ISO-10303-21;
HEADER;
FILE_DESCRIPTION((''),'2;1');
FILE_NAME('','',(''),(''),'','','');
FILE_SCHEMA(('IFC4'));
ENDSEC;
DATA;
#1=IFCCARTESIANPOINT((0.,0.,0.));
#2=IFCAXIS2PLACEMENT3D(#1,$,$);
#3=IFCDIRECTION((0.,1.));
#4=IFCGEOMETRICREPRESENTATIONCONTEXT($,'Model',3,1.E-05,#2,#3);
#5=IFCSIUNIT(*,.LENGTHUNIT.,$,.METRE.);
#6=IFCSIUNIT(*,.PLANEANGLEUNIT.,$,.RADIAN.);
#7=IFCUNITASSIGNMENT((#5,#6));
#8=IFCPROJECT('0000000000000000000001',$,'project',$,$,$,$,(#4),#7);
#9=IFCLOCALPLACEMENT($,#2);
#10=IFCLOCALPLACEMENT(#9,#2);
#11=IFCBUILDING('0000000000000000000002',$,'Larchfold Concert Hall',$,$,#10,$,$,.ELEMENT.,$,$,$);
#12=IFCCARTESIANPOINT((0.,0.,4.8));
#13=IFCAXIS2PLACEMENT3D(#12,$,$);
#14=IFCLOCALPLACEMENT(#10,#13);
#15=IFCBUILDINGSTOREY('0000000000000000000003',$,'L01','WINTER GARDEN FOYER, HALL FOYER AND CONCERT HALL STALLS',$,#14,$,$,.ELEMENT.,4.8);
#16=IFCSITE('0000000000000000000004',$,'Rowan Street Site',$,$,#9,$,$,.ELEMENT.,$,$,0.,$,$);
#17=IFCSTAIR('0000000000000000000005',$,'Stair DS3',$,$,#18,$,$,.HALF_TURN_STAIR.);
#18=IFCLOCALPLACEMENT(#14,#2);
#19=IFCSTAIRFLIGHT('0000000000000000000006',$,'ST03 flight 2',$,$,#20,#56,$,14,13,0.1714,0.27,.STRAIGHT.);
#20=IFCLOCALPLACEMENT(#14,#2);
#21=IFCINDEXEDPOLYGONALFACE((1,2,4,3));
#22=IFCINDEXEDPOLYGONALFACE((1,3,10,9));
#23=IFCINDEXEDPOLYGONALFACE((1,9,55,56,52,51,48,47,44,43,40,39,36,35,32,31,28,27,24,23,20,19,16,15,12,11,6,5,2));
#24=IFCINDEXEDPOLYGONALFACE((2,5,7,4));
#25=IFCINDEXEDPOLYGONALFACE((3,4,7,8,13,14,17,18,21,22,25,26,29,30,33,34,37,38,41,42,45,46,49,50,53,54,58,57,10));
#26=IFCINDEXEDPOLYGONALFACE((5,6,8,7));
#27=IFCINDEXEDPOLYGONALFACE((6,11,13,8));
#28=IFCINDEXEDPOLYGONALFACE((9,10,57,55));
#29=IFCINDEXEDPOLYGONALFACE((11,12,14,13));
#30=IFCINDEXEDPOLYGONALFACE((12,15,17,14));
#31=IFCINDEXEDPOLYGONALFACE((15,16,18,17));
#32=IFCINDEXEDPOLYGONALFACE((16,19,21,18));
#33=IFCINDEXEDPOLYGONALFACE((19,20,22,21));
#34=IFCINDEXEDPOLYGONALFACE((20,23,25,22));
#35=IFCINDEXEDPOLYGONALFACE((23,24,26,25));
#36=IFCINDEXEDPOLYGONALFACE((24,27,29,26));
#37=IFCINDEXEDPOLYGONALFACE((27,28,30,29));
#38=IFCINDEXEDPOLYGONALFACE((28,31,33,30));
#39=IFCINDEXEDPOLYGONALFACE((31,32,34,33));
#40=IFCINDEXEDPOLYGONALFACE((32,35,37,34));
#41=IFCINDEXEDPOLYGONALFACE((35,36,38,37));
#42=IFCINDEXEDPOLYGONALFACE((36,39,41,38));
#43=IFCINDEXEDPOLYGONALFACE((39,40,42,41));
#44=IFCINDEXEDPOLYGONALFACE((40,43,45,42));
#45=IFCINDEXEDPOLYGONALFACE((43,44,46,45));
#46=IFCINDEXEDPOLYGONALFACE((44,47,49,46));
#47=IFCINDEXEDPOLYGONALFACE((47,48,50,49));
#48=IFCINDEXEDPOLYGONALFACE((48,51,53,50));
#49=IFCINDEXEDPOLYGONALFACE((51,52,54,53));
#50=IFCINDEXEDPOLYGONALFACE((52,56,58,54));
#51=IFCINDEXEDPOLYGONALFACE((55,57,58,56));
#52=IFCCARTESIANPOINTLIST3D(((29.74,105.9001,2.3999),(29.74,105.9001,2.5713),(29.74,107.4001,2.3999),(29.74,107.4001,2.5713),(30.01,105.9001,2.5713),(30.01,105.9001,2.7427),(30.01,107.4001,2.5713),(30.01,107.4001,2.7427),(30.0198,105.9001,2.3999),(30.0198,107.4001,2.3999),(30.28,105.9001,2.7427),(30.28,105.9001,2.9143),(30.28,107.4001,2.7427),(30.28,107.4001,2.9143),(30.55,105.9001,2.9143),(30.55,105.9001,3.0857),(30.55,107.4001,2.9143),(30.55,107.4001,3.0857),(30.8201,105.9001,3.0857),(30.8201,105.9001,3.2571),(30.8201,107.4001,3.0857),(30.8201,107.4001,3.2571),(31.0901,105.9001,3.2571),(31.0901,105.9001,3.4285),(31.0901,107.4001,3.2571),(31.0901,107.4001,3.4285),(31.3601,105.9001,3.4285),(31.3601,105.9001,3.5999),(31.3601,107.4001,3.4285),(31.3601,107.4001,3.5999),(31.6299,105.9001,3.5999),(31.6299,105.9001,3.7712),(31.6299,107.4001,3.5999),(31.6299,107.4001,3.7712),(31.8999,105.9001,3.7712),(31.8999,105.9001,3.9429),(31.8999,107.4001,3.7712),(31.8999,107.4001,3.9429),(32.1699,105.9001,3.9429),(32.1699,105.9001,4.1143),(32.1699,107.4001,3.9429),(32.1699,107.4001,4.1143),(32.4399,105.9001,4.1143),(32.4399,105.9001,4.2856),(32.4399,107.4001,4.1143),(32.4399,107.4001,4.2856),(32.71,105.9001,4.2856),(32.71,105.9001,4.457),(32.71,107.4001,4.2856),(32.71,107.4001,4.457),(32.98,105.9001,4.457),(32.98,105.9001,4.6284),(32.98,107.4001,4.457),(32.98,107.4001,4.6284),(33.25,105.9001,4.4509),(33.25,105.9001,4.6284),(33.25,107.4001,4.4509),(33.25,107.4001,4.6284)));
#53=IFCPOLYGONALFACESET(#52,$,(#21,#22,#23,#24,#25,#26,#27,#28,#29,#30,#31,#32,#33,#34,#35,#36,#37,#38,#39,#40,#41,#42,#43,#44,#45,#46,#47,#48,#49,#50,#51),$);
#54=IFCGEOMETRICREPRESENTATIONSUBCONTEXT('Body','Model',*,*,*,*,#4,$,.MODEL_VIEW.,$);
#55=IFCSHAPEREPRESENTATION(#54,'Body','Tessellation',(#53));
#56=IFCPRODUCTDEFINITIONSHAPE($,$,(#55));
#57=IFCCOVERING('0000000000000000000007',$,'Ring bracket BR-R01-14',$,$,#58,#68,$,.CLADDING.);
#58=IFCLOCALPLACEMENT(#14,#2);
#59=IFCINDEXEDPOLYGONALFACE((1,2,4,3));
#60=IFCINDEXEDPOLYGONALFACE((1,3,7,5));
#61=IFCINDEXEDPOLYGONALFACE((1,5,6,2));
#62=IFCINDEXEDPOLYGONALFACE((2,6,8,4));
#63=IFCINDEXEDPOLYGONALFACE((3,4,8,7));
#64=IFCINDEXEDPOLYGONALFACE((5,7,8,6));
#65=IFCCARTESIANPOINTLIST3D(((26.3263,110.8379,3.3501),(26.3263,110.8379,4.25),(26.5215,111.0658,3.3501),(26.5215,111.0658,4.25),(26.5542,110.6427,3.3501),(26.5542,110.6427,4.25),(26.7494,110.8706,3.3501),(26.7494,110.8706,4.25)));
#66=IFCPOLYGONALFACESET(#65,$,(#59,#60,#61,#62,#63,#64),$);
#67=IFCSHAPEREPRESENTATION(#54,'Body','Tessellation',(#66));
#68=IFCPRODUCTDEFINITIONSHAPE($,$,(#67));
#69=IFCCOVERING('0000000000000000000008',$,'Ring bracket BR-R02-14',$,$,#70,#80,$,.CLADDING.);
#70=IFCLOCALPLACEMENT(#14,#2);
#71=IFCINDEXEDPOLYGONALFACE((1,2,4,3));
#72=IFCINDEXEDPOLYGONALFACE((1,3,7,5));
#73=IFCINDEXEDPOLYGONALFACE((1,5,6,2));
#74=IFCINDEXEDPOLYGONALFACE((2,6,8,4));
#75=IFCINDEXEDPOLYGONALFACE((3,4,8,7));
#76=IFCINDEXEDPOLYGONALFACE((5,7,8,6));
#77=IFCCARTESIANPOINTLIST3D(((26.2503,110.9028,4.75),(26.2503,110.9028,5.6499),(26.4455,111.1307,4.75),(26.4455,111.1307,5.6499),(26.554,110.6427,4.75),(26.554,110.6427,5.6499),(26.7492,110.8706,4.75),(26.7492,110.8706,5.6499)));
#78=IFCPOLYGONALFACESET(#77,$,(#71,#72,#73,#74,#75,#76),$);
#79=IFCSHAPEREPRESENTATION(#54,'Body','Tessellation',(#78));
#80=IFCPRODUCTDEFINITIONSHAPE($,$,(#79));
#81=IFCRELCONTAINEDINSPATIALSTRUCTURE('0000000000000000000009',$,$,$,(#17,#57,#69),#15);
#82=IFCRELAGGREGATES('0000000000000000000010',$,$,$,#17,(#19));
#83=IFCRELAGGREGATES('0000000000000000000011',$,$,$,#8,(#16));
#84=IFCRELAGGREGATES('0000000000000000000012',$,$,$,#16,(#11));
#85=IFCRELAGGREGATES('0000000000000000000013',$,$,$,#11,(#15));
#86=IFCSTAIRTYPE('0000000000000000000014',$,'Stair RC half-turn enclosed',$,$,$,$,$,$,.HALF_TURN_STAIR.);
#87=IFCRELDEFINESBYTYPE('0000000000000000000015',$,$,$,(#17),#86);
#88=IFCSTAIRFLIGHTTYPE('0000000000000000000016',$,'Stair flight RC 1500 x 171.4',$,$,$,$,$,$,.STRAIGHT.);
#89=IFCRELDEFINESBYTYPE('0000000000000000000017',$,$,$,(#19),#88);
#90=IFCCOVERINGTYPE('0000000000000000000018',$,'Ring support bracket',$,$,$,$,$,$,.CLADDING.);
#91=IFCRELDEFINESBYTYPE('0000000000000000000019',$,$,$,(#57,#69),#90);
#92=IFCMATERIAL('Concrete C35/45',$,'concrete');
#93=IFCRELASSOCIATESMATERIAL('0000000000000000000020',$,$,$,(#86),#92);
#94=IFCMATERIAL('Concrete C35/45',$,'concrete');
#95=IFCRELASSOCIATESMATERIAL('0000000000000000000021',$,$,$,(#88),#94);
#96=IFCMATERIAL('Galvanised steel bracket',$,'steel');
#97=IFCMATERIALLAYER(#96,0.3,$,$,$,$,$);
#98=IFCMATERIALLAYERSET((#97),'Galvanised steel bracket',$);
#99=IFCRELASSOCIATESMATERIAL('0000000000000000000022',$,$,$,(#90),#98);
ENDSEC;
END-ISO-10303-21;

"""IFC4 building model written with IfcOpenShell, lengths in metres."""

from ifc_helpers import new_model, si_unit, direction, frame, origin, origin_2d, place, context, subcontext, project, spatial, polyline, rectangle, outline, extrude, material, layer, layer_set, type_object, element, aggregate, save


model = new_model("IFC4")

# Units and contexts
model_context = context("Model", 3, precision=1e-05, world=origin(), true_north=direction((0.0, 1.0)))
body_context = subcontext(model_context, "Body", "Model", "MODEL_VIEW")
ifc_project = project(units=[si_unit("LENGTHUNIT", "METRE"), si_unit("PLANEANGLEUNIT", "RADIAN")], contexts=[model_context])

# Site, building, storey
site_placement = place(None, origin())
site = spatial("IfcSite", under=ifc_project, at=site_placement, Name="Rowan Street Site", CompositionType="ELEMENT", RefElevation=0.0)
building_placement = place(site_placement, origin())
building = spatial("IfcBuilding", under=site, at=building_placement, Name="Larchfold Concert Hall", CompositionType="ELEMENT")
storey_placement = place(building_placement, frame((0.0, 0.0, 4.8)))
storey = spatial("IfcBuildingStorey", under=building, at=storey_placement, Name="L01", Description="WINTER GARDEN FOYER, HALL FOYER AND CONCERT HALL STALLS", CompositionType="ELEMENT", Elevation=4.8)

# Stair, stair flight
ifc_material_1 = material(Name="Concrete C35/45", Category="concrete")
stair_type = type_object("IfcStairType", Name="Stair RC half-turn enclosed", PredefinedType="HALF_TURN_STAIR", material=ifc_material_1)
stair_placement = place(storey_placement, origin())
stair = element("IfcStair", 1, at=stair_placement, inside=storey, type_object=stair_type, Name="Stair DS3", PredefinedType="HALF_TURN_STAIR")
ifc_material_2 = material(Name="Concrete C35/45", Category="concrete")
stair_flight_type = type_object("IfcStairFlightType", Name="Stair flight RC 1500 x 171.4", PredefinedType="STRAIGHT", material=ifc_material_2)
stair_flight_1_placement = place(storey_placement, frame((29.74, 106.6501, 2.3999), z_axis=(0.0, 0.0, 1.0), x_axis=(1.0, 0.0, 0.0)))
stair_flight_1 = element("IfcStairFlight", 2, at=stair_flight_1_placement, type_object=stair_flight_type, Name="ST03 flight 2", NumberOfRisers=14, NumberOfTreads=13, PredefinedType="STRAIGHT", RiserHeight=0.1714, TreadLength=0.27, context=body_context, shape_type="SweptSolid", body=[
    extrude(outline(polyline([(0.0, 0.0), (0.0, 0.1714), (0.27, 0.1714), (0.27, 0.3428), (0.54, 0.3428), (0.54, 0.5144), (0.8101, 0.5144), (0.8101, 0.6858), (1.0801, 0.6858), (1.0801, 0.8572), (1.3501, 0.8572), (1.3501, 1.0286), (1.6201, 1.0286), (1.6201, 1.2), (1.8899, 1.2), (1.8899, 1.3713), (2.1599, 1.3713), (2.1599, 1.543), (2.4299, 1.543), (2.4299, 1.7144), (2.7, 1.7144), (2.7, 1.8857), (2.97, 1.8857), (2.97, 2.0571), (3.24, 2.0571), (3.24, 2.2285), (3.51, 2.2285), (3.51, 2.3999), (3.51, 2.051), (0.2798, 0.0), (0.0, 0.0)])), frame((0.0, 0.75, 0.0), z_axis=(0.0, -1.0, 0.0), x_axis=(1.0, 0.0, 0.0)), (0.0, 0.0, 1.0), 1.5),
])
aggregate(stair, [stair_flight_1])

# Coverings
ifc_material_3 = material(Name="Galvanised steel bracket", Category="steel")
ifc_layer_1 = layer(ifc_material_3, 0.3)
ifc_layer_set_1 = layer_set([ifc_layer_1], Name="Galvanised steel bracket")
covering_type = type_object("IfcCoveringType", Name="Ring support bracket", PredefinedType="CLADDING", material=ifc_layer_set_1)
covering_1_placement = place(storey_placement, frame((26.5378, 110.8542, 3.3501), z_axis=(0.0, 0.0, 1.0), x_axis=(-0.759502, 0.650505, 0.0)))
element("IfcCovering", 3, at=covering_1_placement, inside=storey, type_object=covering_type, Name="Ring bracket BR-R01-14", PredefinedType="CLADDING", context=body_context, shape_type="SweptSolid", body=[
    extrude(rectangle(XDim=0.3, YDim=0.3, at=origin_2d()), origin(), (0.0, 0.0, 1.0), 0.8999),
])
covering_2_placement = place(storey_placement, frame((26.4998, 110.8867, 4.75), z_axis=(0.0, 0.0, 1.0), x_axis=(-0.759502, 0.650505, 0.0)))
element("IfcCovering", 4, at=covering_2_placement, inside=storey, type_object=covering_type, Name="Ring bracket BR-R02-14", PredefinedType="CLADDING", context=body_context, shape_type="SweptSolid", body=[
    extrude(rectangle(XDim=0.3999, YDim=0.3, at=origin_2d()), origin(), (0.0, 0.0, 1.0), 0.8999),
])

save(model, "model.ifc")
